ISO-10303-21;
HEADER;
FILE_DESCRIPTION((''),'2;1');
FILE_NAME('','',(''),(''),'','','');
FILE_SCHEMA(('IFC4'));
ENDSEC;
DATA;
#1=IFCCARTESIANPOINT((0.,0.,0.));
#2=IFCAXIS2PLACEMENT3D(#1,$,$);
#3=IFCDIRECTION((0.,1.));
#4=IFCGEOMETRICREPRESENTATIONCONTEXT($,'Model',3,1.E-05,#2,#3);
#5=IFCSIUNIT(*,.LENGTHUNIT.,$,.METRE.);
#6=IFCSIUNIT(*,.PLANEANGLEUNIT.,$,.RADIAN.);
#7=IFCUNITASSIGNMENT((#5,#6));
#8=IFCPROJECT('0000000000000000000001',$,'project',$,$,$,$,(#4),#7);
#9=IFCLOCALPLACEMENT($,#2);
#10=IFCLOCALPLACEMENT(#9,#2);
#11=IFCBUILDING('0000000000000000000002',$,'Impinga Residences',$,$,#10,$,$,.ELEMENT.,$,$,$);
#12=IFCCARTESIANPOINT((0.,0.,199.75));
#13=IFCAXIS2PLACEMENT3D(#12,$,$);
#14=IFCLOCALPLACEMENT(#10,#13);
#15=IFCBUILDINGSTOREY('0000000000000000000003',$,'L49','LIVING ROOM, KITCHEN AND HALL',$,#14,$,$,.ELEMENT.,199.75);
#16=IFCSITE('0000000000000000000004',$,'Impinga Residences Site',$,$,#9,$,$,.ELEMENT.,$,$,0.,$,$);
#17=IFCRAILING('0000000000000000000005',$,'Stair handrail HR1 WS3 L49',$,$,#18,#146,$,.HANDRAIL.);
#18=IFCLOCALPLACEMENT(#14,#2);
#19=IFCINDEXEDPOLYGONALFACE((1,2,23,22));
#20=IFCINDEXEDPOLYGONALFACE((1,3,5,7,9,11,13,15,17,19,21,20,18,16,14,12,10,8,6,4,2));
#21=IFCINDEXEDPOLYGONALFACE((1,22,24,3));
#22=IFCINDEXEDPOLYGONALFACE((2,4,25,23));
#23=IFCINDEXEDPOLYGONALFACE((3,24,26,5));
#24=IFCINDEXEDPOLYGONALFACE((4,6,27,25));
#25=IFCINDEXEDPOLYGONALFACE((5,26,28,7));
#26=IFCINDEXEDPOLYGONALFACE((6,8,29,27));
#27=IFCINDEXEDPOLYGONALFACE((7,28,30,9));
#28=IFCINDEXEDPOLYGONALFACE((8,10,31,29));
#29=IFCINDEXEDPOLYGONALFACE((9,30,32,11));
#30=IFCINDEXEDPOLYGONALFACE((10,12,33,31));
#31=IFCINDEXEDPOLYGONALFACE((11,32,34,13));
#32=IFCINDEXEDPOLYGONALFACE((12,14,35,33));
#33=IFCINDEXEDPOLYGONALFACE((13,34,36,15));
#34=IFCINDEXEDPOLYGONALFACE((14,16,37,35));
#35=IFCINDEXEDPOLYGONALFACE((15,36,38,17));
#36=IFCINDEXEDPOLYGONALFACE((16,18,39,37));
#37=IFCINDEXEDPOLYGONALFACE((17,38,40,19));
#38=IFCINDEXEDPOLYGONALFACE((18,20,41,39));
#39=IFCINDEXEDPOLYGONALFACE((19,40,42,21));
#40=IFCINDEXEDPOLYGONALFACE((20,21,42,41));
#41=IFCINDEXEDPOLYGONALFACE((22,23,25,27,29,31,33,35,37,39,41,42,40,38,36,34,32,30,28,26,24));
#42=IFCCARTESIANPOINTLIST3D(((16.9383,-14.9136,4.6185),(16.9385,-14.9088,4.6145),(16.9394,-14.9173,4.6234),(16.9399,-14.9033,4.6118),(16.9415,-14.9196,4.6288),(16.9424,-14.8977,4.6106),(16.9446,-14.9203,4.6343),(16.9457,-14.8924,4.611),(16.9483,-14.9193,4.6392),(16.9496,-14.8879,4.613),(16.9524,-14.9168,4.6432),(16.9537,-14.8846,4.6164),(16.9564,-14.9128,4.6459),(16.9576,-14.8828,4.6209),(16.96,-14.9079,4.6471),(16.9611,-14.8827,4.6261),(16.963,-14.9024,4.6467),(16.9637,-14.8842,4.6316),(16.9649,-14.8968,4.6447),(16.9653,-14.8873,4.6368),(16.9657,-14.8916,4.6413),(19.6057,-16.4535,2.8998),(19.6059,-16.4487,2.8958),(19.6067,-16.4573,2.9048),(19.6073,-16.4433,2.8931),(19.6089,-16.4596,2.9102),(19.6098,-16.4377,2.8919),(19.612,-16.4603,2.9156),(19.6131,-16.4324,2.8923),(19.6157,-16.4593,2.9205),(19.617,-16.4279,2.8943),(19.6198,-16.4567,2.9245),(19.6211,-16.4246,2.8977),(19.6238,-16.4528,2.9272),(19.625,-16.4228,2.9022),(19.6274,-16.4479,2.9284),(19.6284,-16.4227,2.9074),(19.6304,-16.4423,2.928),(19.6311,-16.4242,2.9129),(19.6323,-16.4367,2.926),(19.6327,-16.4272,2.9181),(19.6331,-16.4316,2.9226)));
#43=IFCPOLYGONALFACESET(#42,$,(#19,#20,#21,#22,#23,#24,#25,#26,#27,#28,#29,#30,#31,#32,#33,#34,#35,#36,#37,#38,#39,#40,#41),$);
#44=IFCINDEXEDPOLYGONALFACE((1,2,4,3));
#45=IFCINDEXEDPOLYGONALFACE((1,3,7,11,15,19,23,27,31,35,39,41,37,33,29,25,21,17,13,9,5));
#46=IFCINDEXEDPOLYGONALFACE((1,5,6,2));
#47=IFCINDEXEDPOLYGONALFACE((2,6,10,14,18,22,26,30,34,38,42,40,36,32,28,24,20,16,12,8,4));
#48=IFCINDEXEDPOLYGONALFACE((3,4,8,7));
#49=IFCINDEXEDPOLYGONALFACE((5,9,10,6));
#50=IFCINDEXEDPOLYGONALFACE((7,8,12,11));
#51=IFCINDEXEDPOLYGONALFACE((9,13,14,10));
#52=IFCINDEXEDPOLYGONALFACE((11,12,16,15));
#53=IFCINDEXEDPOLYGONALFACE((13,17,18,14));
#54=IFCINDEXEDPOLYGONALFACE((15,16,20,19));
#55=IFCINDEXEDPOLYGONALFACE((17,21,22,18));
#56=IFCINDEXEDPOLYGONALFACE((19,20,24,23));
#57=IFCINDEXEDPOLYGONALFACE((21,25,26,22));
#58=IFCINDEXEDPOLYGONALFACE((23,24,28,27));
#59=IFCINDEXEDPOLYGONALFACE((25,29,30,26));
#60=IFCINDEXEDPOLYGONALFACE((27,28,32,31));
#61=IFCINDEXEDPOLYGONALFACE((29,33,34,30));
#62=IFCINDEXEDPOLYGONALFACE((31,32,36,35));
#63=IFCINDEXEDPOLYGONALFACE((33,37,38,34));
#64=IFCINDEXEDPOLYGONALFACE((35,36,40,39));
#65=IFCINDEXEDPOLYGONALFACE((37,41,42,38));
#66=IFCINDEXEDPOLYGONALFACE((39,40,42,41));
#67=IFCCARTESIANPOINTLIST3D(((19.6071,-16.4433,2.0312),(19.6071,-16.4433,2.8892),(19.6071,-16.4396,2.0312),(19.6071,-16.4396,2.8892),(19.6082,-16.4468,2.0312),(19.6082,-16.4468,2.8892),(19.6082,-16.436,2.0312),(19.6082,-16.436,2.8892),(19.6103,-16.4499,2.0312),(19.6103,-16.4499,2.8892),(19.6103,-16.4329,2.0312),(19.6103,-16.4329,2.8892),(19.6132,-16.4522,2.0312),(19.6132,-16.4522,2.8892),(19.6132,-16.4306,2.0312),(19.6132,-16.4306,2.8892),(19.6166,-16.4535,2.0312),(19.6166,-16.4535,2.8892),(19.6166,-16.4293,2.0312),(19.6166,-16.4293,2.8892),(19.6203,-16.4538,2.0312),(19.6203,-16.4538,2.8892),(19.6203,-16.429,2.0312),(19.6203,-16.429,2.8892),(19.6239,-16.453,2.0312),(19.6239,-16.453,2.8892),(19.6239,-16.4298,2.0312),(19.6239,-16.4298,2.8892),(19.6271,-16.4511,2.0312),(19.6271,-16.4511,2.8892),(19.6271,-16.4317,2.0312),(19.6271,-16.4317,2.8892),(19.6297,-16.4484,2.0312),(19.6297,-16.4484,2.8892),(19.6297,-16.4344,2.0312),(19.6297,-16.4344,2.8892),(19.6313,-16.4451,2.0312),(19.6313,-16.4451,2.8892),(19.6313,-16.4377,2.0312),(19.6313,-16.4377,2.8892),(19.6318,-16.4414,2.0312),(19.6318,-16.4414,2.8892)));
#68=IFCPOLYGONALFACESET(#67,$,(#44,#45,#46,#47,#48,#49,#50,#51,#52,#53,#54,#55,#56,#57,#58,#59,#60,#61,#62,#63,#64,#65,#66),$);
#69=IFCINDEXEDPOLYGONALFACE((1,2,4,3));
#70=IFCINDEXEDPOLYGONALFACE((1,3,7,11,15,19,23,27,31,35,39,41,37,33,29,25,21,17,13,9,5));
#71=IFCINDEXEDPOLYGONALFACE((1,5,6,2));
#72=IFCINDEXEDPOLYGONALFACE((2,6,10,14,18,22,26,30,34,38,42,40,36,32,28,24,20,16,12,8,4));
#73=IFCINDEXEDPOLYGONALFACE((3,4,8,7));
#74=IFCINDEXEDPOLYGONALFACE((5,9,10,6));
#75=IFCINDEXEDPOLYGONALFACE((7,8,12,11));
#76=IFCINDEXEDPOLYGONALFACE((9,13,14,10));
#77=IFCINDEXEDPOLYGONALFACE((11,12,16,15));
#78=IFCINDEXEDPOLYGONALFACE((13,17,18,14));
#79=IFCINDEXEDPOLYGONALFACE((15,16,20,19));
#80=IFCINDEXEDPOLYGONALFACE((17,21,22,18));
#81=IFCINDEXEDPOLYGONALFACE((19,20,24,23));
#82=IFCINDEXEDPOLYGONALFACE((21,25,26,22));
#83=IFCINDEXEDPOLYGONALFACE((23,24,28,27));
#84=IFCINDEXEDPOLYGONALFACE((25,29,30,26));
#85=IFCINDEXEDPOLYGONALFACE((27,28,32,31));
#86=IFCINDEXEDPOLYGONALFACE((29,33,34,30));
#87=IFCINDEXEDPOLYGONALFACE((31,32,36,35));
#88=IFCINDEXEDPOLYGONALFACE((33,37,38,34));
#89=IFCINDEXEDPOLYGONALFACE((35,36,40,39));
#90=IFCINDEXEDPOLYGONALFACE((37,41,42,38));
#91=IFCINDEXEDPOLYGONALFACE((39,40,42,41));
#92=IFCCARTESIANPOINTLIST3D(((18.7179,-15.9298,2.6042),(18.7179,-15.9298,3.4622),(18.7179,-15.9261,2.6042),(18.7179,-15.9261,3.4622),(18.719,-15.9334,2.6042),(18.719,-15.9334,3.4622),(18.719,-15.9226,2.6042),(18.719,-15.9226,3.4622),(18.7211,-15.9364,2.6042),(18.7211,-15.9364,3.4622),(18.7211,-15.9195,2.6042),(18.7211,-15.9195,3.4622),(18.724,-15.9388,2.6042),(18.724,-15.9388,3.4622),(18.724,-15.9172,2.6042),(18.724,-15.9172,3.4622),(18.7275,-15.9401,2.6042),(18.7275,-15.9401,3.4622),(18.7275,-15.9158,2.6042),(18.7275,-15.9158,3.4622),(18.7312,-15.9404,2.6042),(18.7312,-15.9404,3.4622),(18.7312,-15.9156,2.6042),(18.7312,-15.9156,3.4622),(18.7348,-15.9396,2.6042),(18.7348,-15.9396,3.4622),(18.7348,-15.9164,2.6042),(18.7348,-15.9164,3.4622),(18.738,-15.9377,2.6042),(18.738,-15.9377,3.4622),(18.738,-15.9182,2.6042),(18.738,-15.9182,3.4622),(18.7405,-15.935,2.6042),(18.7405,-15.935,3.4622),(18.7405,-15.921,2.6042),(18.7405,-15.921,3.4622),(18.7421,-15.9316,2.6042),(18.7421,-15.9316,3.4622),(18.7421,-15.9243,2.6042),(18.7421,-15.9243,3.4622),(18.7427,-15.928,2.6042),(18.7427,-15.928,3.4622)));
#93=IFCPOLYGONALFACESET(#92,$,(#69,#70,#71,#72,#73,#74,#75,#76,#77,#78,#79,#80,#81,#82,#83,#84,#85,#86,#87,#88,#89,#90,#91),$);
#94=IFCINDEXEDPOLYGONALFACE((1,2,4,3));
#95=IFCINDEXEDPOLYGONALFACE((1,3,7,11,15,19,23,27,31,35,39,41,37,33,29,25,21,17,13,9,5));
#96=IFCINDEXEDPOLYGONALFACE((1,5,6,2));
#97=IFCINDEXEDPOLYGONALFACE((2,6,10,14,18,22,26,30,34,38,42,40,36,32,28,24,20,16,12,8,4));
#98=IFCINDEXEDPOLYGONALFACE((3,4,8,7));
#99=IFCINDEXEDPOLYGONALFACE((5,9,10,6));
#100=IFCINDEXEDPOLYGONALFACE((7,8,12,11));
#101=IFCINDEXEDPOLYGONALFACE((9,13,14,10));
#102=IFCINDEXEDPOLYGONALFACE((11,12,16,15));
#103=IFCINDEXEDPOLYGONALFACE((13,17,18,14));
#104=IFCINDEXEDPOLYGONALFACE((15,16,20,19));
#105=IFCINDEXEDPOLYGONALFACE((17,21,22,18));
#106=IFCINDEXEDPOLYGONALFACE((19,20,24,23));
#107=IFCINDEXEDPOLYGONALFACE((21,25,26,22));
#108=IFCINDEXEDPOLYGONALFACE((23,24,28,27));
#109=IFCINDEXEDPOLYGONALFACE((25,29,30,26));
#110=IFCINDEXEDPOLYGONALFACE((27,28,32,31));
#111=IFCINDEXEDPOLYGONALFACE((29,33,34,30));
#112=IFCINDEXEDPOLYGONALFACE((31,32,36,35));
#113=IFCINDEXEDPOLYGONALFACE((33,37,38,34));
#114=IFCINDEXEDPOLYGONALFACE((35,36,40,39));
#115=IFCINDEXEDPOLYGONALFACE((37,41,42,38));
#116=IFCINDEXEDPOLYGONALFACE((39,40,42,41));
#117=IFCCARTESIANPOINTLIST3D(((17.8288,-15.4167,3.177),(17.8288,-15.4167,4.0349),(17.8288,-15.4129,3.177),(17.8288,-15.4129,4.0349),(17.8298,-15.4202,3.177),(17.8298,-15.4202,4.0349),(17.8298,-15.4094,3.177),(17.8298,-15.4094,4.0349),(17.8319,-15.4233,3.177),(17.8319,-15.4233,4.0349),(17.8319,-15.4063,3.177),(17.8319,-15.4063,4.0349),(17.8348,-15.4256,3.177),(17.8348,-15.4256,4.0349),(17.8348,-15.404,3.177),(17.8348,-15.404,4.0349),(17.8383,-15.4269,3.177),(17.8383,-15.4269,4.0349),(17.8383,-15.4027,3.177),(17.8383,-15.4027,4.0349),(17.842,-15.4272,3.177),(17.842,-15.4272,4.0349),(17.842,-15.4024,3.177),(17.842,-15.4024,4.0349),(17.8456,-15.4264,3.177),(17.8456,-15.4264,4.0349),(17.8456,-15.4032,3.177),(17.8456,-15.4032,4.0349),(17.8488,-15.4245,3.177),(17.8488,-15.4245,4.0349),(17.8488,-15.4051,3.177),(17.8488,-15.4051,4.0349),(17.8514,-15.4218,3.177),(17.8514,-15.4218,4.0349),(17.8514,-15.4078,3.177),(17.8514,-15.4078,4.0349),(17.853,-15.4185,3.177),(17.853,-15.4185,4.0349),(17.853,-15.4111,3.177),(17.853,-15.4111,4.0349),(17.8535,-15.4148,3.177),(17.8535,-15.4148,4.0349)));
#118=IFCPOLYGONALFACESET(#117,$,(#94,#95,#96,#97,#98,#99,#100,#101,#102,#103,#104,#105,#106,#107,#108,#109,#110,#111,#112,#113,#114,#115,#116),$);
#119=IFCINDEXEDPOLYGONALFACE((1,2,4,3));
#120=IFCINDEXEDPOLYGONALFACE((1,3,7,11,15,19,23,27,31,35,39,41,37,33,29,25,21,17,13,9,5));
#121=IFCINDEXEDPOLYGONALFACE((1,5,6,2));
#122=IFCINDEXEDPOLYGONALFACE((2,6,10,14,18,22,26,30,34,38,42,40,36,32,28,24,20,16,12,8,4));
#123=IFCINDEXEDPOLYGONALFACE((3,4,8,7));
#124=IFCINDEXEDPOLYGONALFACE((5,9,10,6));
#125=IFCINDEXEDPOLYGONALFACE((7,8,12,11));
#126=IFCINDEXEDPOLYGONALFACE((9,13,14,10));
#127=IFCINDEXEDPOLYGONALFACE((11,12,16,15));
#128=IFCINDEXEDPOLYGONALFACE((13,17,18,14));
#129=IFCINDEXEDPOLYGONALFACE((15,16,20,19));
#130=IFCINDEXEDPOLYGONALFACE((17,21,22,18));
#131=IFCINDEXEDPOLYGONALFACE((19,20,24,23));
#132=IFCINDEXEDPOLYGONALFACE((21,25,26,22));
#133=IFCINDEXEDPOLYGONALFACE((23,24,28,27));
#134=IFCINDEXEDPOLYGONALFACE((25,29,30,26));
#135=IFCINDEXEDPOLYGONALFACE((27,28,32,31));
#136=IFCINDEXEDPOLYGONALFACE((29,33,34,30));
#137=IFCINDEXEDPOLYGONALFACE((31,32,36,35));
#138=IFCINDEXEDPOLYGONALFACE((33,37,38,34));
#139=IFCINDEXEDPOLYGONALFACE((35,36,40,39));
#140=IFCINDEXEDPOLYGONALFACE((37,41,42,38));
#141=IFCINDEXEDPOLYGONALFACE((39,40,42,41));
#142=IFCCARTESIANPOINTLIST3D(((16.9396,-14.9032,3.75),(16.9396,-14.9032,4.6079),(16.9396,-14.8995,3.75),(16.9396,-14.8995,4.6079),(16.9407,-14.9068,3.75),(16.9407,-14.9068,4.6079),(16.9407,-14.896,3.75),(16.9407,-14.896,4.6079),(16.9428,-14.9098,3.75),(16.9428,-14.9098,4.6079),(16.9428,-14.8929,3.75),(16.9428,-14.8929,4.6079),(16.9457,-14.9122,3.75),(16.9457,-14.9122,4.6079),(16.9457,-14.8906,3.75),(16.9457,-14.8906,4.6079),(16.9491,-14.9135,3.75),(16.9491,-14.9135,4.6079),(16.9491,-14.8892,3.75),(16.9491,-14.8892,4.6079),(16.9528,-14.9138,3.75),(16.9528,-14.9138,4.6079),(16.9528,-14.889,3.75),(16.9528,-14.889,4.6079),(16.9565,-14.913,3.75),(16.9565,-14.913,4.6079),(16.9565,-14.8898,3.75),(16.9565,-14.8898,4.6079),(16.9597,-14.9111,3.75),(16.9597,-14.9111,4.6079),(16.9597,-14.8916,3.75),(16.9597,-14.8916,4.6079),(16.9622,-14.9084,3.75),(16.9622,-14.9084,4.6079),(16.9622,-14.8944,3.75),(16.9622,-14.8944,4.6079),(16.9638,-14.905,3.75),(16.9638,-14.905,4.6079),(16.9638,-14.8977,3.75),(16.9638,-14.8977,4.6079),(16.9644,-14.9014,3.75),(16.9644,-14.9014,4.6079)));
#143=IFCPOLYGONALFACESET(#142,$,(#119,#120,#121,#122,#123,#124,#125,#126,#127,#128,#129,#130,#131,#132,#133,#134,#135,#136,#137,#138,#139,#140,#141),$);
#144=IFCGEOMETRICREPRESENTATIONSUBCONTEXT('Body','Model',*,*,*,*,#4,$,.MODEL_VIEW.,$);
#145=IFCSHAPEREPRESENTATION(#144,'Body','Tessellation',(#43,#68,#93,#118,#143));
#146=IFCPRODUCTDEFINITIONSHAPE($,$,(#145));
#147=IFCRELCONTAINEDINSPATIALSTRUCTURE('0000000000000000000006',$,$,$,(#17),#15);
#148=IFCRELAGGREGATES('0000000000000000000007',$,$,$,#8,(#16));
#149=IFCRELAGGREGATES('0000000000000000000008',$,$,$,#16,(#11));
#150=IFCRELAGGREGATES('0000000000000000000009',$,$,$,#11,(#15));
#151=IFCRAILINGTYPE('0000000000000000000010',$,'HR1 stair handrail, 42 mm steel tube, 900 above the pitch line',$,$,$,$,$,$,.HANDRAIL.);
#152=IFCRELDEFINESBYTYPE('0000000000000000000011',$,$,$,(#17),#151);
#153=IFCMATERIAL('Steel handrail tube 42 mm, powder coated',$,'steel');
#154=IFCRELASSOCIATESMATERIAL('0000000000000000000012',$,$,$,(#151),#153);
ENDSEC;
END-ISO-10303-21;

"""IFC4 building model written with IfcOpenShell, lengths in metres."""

from ifc_helpers import new_model, si_unit, direction, frame, origin, origin_2d, place, context, subcontext, project, spatial, circle, extrude, material, type_object, element, save


model = new_model("IFC4")

# Units and contexts
model_context = context("Model", 3, precision=1e-05, world=origin(), true_north=direction((0.0, 1.0)))
body_context = subcontext(model_context, "Body", "Model", "MODEL_VIEW")
ifc_project = project(units=[si_unit("LENGTHUNIT", "METRE"), si_unit("PLANEANGLEUNIT", "RADIAN")], contexts=[model_context])

# Site, building, storey
site_placement = place(None, origin())
site = spatial("IfcSite", under=ifc_project, at=site_placement, Name="Impinga Residences Site", CompositionType="ELEMENT", RefElevation=0.0)
building_placement = place(site_placement, origin())
building = spatial("IfcBuilding", under=site, at=building_placement, Name="Impinga Residences", CompositionType="ELEMENT")
storey_placement = place(building_placement, frame((0.0, 0.0, 199.75)))
storey = spatial("IfcBuildingStorey", under=building, at=storey_placement, Name="L49", Description="LIVING ROOM, KITCHEN AND HALL", CompositionType="ELEMENT", Elevation=199.75)

# Railing
ifc_material_1 = material(Name="Steel handrail tube 42 mm, powder coated", Category="steel")
railing_type_1 = type_object("IfcRailingType", Name="HR1 stair handrail, 42 mm steel tube, 900 above the pitch line", PredefinedType="HANDRAIL", material=ifc_material_1)
railing_1_placement = place(storey_placement, frame((19.6194, -16.4414, 2.0312)))
element("IfcRailing", 1, at=railing_1_placement, inside=storey, type_object=railing_type_1, Name="Stair handrail HR1 WS3 L49", PredefinedType="HANDRAIL", context=body_context, shape_type="SweptSolid", body=[
    extrude(circle(Radius=0.021, at=origin_2d()), frame((0.0, 0.0, 0.8789), z_axis=(-0.756256, 0.436616, 0.487282), x_axis=(-0.499992, -0.86603, 0.0)), (0.0, 0.0, 1.0), 3.5271),
    extrude(circle(Radius=0.0125, at=origin_2d()), origin(), (0.0, 0.0, 1.0), 0.8579),
    extrude(circle(Radius=0.0125, at=origin_2d()), frame((-0.8892, 0.5134, 0.573)), (0.0, 0.0, 1.0), 0.8579),
    extrude(circle(Radius=0.0125, at=origin_2d()), frame((-1.7783, 1.0266, 1.1458)), (0.0, 0.0, 1.0), 0.8579),
    extrude(circle(Radius=0.0125, at=origin_2d()), frame((-2.6675, 1.54, 1.7188)), (0.0, 0.0, 1.0), 0.8579),
])

save(model, "model.ifc")
